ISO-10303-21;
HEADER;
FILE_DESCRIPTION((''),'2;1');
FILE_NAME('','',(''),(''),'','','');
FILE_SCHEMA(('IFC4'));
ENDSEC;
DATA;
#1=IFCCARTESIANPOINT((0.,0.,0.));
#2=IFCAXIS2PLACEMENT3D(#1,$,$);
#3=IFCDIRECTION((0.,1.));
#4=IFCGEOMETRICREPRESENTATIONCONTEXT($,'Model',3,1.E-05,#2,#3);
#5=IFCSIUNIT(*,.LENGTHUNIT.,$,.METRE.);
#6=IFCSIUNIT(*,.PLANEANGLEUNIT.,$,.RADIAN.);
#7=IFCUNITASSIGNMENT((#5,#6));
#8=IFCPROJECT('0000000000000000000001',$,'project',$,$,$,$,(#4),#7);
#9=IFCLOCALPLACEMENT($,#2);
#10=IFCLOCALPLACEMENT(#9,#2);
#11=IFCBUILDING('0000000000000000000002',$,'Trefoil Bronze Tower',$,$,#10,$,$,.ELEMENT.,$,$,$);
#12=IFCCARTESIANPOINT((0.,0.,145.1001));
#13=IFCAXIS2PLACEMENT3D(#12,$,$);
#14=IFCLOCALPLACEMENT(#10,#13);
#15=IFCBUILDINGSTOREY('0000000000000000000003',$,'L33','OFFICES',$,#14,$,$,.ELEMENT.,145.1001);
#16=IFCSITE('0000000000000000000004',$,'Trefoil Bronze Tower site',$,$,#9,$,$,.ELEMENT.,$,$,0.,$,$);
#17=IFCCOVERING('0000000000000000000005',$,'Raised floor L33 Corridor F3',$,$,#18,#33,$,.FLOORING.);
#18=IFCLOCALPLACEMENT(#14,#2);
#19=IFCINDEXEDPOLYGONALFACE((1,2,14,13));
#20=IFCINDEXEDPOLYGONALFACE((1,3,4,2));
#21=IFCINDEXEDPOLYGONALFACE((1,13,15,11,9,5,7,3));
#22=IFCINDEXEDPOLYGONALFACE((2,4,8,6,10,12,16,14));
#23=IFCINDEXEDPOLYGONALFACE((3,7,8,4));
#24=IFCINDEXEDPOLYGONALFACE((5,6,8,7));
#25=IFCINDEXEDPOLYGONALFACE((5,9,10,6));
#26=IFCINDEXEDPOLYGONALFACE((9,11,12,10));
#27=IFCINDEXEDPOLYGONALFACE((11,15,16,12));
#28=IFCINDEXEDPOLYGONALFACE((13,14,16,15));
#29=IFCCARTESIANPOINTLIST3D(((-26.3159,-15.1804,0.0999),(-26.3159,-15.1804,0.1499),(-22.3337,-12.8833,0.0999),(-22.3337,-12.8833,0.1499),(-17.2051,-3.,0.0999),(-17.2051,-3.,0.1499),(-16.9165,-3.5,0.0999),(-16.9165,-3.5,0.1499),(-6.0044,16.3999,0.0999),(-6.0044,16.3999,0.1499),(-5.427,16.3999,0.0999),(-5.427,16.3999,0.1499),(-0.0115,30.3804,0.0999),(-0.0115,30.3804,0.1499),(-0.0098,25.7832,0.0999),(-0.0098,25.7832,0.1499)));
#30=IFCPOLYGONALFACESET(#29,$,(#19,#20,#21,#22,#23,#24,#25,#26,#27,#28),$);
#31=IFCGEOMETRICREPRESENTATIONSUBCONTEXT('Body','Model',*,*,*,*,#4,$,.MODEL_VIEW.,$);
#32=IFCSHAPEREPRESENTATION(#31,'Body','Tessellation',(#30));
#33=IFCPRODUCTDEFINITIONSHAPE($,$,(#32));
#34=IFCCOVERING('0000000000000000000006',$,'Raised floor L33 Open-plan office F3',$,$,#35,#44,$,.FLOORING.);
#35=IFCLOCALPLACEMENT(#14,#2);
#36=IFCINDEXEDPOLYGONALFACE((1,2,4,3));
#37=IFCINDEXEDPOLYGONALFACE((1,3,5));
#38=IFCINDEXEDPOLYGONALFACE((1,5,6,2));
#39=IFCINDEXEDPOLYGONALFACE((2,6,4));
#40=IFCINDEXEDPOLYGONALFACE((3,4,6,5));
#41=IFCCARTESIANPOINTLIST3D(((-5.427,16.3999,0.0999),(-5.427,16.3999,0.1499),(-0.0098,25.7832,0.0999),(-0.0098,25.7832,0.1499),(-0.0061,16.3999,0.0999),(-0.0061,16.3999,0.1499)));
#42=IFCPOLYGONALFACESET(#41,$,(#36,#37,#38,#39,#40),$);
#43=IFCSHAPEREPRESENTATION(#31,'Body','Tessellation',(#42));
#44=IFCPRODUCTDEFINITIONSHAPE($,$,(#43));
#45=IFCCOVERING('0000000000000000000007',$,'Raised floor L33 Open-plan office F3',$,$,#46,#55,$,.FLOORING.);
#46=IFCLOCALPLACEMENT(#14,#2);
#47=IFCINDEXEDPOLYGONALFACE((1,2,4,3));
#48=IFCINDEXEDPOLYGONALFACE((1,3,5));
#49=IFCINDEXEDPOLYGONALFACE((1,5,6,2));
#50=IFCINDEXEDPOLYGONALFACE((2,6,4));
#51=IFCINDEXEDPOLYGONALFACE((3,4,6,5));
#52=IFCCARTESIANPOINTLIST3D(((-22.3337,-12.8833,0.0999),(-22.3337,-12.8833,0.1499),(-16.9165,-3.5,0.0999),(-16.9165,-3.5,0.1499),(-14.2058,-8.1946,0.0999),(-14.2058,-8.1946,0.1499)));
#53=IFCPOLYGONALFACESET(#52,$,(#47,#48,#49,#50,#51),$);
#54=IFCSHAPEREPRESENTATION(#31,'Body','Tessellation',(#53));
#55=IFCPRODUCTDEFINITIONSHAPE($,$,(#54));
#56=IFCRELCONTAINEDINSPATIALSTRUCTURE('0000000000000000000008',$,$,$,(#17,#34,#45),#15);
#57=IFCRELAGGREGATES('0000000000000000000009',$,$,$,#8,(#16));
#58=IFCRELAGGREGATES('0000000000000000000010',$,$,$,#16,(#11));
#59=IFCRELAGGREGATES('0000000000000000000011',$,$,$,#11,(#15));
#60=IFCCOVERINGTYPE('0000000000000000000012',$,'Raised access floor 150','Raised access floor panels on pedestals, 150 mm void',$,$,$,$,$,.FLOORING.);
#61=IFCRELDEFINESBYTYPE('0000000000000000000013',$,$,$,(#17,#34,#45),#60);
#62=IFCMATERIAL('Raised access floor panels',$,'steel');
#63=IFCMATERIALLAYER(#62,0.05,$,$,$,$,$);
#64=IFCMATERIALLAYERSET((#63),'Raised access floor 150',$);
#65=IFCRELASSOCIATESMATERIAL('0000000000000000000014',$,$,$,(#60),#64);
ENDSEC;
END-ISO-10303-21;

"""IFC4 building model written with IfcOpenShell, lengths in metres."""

from ifc_helpers import new_model, si_unit, direction, frame, origin, place, context, subcontext, project, spatial, polyline, outline, extrude, material, layer, layer_set, type_object, element, save


model = new_model("IFC4")

# Units and contexts
model_context = context("Model", 3, precision=1e-05, world=origin(), true_north=direction((0.0, 1.0)))
body_context = subcontext(model_context, "Body", "Model", "MODEL_VIEW")
ifc_project = project(units=[si_unit("LENGTHUNIT", "METRE"), si_unit("PLANEANGLEUNIT", "RADIAN")], contexts=[model_context])

# Site, building, storey
site_placement = place(None, origin())
site = spatial("IfcSite", under=ifc_project, at=site_placement, Name="Trefoil Bronze Tower site", CompositionType="ELEMENT", RefElevation=0.0)
building_placement = place(site_placement, origin())
building = spatial("IfcBuilding", under=site, at=building_placement, Name="Trefoil Bronze Tower", CompositionType="ELEMENT")
storey_placement = place(building_placement, frame((0.0, 0.0, 145.1001)))
storey = spatial("IfcBuildingStorey", under=building, at=storey_placement, Name="L33", Description="OFFICES", CompositionType="ELEMENT", Elevation=145.1001)

# Coverings
ifc_material_1 = material(Name="Raised access floor panels", Category="steel")
ifc_layer_1 = layer(ifc_material_1, 0.05)
ifc_layer_set_1 = layer_set([ifc_layer_1], Name="Raised access floor 150")
covering_type_1 = type_object("IfcCoveringType", Name="Raised access floor 150", Description="Raised access floor panels on pedestals, 150 mm void", PredefinedType="FLOORING", material=ifc_layer_set_1)
covering_1_placement = place(storey_placement, frame((0.0, 0.0, 0.0999)))
element("IfcCovering", 1, at=covering_1_placement, inside=storey, type_object=covering_type_1, Name="Raised floor L33 Corridor F3", PredefinedType="FLOORING", context=body_context, shape_type="SweptSolid", body=[
    extrude(outline(polyline([(-26.3159, -15.1804), (-0.0115, 30.3804), (-0.0098, 25.7832), (-5.427, 16.3999), (-6.0044, 16.3999), (-17.2051, -3.0), (-16.9165, -3.5), (-22.3337, -12.8833), (-26.3159, -15.1804)])), origin(), (0.0, 0.0, 1.0), 0.05),
])
covering_2_placement = place(storey_placement, frame((0.0, 0.0, 0.0999)))
element("IfcCovering", 2, at=covering_2_placement, inside=storey, type_object=covering_type_1, Name="Raised floor L33 Open-plan office F3", PredefinedType="FLOORING", context=body_context, shape_type="SweptSolid", body=[
    extrude(outline(polyline([(-0.0098, 25.7832), (-0.0061, 16.3999), (-5.427, 16.3999), (-0.0098, 25.7832)])), origin(), (0.0, 0.0, 1.0), 0.05),
])
covering_3_placement = place(storey_placement, frame((0.0, 0.0, 0.0999)))
element("IfcCovering", 3, at=covering_3_placement, inside=storey, type_object=covering_type_1, Name="Raised floor L33 Open-plan office F3", PredefinedType="FLOORING", context=body_context, shape_type="SweptSolid", body=[
    extrude(outline(polyline([(-16.9165, -3.5), (-14.2058, -8.1946), (-22.3337, -12.8833), (-16.9165, -3.5)])), origin(), (0.0, 0.0, 1.0), 0.05),
])

save(model, "model.ifc")
